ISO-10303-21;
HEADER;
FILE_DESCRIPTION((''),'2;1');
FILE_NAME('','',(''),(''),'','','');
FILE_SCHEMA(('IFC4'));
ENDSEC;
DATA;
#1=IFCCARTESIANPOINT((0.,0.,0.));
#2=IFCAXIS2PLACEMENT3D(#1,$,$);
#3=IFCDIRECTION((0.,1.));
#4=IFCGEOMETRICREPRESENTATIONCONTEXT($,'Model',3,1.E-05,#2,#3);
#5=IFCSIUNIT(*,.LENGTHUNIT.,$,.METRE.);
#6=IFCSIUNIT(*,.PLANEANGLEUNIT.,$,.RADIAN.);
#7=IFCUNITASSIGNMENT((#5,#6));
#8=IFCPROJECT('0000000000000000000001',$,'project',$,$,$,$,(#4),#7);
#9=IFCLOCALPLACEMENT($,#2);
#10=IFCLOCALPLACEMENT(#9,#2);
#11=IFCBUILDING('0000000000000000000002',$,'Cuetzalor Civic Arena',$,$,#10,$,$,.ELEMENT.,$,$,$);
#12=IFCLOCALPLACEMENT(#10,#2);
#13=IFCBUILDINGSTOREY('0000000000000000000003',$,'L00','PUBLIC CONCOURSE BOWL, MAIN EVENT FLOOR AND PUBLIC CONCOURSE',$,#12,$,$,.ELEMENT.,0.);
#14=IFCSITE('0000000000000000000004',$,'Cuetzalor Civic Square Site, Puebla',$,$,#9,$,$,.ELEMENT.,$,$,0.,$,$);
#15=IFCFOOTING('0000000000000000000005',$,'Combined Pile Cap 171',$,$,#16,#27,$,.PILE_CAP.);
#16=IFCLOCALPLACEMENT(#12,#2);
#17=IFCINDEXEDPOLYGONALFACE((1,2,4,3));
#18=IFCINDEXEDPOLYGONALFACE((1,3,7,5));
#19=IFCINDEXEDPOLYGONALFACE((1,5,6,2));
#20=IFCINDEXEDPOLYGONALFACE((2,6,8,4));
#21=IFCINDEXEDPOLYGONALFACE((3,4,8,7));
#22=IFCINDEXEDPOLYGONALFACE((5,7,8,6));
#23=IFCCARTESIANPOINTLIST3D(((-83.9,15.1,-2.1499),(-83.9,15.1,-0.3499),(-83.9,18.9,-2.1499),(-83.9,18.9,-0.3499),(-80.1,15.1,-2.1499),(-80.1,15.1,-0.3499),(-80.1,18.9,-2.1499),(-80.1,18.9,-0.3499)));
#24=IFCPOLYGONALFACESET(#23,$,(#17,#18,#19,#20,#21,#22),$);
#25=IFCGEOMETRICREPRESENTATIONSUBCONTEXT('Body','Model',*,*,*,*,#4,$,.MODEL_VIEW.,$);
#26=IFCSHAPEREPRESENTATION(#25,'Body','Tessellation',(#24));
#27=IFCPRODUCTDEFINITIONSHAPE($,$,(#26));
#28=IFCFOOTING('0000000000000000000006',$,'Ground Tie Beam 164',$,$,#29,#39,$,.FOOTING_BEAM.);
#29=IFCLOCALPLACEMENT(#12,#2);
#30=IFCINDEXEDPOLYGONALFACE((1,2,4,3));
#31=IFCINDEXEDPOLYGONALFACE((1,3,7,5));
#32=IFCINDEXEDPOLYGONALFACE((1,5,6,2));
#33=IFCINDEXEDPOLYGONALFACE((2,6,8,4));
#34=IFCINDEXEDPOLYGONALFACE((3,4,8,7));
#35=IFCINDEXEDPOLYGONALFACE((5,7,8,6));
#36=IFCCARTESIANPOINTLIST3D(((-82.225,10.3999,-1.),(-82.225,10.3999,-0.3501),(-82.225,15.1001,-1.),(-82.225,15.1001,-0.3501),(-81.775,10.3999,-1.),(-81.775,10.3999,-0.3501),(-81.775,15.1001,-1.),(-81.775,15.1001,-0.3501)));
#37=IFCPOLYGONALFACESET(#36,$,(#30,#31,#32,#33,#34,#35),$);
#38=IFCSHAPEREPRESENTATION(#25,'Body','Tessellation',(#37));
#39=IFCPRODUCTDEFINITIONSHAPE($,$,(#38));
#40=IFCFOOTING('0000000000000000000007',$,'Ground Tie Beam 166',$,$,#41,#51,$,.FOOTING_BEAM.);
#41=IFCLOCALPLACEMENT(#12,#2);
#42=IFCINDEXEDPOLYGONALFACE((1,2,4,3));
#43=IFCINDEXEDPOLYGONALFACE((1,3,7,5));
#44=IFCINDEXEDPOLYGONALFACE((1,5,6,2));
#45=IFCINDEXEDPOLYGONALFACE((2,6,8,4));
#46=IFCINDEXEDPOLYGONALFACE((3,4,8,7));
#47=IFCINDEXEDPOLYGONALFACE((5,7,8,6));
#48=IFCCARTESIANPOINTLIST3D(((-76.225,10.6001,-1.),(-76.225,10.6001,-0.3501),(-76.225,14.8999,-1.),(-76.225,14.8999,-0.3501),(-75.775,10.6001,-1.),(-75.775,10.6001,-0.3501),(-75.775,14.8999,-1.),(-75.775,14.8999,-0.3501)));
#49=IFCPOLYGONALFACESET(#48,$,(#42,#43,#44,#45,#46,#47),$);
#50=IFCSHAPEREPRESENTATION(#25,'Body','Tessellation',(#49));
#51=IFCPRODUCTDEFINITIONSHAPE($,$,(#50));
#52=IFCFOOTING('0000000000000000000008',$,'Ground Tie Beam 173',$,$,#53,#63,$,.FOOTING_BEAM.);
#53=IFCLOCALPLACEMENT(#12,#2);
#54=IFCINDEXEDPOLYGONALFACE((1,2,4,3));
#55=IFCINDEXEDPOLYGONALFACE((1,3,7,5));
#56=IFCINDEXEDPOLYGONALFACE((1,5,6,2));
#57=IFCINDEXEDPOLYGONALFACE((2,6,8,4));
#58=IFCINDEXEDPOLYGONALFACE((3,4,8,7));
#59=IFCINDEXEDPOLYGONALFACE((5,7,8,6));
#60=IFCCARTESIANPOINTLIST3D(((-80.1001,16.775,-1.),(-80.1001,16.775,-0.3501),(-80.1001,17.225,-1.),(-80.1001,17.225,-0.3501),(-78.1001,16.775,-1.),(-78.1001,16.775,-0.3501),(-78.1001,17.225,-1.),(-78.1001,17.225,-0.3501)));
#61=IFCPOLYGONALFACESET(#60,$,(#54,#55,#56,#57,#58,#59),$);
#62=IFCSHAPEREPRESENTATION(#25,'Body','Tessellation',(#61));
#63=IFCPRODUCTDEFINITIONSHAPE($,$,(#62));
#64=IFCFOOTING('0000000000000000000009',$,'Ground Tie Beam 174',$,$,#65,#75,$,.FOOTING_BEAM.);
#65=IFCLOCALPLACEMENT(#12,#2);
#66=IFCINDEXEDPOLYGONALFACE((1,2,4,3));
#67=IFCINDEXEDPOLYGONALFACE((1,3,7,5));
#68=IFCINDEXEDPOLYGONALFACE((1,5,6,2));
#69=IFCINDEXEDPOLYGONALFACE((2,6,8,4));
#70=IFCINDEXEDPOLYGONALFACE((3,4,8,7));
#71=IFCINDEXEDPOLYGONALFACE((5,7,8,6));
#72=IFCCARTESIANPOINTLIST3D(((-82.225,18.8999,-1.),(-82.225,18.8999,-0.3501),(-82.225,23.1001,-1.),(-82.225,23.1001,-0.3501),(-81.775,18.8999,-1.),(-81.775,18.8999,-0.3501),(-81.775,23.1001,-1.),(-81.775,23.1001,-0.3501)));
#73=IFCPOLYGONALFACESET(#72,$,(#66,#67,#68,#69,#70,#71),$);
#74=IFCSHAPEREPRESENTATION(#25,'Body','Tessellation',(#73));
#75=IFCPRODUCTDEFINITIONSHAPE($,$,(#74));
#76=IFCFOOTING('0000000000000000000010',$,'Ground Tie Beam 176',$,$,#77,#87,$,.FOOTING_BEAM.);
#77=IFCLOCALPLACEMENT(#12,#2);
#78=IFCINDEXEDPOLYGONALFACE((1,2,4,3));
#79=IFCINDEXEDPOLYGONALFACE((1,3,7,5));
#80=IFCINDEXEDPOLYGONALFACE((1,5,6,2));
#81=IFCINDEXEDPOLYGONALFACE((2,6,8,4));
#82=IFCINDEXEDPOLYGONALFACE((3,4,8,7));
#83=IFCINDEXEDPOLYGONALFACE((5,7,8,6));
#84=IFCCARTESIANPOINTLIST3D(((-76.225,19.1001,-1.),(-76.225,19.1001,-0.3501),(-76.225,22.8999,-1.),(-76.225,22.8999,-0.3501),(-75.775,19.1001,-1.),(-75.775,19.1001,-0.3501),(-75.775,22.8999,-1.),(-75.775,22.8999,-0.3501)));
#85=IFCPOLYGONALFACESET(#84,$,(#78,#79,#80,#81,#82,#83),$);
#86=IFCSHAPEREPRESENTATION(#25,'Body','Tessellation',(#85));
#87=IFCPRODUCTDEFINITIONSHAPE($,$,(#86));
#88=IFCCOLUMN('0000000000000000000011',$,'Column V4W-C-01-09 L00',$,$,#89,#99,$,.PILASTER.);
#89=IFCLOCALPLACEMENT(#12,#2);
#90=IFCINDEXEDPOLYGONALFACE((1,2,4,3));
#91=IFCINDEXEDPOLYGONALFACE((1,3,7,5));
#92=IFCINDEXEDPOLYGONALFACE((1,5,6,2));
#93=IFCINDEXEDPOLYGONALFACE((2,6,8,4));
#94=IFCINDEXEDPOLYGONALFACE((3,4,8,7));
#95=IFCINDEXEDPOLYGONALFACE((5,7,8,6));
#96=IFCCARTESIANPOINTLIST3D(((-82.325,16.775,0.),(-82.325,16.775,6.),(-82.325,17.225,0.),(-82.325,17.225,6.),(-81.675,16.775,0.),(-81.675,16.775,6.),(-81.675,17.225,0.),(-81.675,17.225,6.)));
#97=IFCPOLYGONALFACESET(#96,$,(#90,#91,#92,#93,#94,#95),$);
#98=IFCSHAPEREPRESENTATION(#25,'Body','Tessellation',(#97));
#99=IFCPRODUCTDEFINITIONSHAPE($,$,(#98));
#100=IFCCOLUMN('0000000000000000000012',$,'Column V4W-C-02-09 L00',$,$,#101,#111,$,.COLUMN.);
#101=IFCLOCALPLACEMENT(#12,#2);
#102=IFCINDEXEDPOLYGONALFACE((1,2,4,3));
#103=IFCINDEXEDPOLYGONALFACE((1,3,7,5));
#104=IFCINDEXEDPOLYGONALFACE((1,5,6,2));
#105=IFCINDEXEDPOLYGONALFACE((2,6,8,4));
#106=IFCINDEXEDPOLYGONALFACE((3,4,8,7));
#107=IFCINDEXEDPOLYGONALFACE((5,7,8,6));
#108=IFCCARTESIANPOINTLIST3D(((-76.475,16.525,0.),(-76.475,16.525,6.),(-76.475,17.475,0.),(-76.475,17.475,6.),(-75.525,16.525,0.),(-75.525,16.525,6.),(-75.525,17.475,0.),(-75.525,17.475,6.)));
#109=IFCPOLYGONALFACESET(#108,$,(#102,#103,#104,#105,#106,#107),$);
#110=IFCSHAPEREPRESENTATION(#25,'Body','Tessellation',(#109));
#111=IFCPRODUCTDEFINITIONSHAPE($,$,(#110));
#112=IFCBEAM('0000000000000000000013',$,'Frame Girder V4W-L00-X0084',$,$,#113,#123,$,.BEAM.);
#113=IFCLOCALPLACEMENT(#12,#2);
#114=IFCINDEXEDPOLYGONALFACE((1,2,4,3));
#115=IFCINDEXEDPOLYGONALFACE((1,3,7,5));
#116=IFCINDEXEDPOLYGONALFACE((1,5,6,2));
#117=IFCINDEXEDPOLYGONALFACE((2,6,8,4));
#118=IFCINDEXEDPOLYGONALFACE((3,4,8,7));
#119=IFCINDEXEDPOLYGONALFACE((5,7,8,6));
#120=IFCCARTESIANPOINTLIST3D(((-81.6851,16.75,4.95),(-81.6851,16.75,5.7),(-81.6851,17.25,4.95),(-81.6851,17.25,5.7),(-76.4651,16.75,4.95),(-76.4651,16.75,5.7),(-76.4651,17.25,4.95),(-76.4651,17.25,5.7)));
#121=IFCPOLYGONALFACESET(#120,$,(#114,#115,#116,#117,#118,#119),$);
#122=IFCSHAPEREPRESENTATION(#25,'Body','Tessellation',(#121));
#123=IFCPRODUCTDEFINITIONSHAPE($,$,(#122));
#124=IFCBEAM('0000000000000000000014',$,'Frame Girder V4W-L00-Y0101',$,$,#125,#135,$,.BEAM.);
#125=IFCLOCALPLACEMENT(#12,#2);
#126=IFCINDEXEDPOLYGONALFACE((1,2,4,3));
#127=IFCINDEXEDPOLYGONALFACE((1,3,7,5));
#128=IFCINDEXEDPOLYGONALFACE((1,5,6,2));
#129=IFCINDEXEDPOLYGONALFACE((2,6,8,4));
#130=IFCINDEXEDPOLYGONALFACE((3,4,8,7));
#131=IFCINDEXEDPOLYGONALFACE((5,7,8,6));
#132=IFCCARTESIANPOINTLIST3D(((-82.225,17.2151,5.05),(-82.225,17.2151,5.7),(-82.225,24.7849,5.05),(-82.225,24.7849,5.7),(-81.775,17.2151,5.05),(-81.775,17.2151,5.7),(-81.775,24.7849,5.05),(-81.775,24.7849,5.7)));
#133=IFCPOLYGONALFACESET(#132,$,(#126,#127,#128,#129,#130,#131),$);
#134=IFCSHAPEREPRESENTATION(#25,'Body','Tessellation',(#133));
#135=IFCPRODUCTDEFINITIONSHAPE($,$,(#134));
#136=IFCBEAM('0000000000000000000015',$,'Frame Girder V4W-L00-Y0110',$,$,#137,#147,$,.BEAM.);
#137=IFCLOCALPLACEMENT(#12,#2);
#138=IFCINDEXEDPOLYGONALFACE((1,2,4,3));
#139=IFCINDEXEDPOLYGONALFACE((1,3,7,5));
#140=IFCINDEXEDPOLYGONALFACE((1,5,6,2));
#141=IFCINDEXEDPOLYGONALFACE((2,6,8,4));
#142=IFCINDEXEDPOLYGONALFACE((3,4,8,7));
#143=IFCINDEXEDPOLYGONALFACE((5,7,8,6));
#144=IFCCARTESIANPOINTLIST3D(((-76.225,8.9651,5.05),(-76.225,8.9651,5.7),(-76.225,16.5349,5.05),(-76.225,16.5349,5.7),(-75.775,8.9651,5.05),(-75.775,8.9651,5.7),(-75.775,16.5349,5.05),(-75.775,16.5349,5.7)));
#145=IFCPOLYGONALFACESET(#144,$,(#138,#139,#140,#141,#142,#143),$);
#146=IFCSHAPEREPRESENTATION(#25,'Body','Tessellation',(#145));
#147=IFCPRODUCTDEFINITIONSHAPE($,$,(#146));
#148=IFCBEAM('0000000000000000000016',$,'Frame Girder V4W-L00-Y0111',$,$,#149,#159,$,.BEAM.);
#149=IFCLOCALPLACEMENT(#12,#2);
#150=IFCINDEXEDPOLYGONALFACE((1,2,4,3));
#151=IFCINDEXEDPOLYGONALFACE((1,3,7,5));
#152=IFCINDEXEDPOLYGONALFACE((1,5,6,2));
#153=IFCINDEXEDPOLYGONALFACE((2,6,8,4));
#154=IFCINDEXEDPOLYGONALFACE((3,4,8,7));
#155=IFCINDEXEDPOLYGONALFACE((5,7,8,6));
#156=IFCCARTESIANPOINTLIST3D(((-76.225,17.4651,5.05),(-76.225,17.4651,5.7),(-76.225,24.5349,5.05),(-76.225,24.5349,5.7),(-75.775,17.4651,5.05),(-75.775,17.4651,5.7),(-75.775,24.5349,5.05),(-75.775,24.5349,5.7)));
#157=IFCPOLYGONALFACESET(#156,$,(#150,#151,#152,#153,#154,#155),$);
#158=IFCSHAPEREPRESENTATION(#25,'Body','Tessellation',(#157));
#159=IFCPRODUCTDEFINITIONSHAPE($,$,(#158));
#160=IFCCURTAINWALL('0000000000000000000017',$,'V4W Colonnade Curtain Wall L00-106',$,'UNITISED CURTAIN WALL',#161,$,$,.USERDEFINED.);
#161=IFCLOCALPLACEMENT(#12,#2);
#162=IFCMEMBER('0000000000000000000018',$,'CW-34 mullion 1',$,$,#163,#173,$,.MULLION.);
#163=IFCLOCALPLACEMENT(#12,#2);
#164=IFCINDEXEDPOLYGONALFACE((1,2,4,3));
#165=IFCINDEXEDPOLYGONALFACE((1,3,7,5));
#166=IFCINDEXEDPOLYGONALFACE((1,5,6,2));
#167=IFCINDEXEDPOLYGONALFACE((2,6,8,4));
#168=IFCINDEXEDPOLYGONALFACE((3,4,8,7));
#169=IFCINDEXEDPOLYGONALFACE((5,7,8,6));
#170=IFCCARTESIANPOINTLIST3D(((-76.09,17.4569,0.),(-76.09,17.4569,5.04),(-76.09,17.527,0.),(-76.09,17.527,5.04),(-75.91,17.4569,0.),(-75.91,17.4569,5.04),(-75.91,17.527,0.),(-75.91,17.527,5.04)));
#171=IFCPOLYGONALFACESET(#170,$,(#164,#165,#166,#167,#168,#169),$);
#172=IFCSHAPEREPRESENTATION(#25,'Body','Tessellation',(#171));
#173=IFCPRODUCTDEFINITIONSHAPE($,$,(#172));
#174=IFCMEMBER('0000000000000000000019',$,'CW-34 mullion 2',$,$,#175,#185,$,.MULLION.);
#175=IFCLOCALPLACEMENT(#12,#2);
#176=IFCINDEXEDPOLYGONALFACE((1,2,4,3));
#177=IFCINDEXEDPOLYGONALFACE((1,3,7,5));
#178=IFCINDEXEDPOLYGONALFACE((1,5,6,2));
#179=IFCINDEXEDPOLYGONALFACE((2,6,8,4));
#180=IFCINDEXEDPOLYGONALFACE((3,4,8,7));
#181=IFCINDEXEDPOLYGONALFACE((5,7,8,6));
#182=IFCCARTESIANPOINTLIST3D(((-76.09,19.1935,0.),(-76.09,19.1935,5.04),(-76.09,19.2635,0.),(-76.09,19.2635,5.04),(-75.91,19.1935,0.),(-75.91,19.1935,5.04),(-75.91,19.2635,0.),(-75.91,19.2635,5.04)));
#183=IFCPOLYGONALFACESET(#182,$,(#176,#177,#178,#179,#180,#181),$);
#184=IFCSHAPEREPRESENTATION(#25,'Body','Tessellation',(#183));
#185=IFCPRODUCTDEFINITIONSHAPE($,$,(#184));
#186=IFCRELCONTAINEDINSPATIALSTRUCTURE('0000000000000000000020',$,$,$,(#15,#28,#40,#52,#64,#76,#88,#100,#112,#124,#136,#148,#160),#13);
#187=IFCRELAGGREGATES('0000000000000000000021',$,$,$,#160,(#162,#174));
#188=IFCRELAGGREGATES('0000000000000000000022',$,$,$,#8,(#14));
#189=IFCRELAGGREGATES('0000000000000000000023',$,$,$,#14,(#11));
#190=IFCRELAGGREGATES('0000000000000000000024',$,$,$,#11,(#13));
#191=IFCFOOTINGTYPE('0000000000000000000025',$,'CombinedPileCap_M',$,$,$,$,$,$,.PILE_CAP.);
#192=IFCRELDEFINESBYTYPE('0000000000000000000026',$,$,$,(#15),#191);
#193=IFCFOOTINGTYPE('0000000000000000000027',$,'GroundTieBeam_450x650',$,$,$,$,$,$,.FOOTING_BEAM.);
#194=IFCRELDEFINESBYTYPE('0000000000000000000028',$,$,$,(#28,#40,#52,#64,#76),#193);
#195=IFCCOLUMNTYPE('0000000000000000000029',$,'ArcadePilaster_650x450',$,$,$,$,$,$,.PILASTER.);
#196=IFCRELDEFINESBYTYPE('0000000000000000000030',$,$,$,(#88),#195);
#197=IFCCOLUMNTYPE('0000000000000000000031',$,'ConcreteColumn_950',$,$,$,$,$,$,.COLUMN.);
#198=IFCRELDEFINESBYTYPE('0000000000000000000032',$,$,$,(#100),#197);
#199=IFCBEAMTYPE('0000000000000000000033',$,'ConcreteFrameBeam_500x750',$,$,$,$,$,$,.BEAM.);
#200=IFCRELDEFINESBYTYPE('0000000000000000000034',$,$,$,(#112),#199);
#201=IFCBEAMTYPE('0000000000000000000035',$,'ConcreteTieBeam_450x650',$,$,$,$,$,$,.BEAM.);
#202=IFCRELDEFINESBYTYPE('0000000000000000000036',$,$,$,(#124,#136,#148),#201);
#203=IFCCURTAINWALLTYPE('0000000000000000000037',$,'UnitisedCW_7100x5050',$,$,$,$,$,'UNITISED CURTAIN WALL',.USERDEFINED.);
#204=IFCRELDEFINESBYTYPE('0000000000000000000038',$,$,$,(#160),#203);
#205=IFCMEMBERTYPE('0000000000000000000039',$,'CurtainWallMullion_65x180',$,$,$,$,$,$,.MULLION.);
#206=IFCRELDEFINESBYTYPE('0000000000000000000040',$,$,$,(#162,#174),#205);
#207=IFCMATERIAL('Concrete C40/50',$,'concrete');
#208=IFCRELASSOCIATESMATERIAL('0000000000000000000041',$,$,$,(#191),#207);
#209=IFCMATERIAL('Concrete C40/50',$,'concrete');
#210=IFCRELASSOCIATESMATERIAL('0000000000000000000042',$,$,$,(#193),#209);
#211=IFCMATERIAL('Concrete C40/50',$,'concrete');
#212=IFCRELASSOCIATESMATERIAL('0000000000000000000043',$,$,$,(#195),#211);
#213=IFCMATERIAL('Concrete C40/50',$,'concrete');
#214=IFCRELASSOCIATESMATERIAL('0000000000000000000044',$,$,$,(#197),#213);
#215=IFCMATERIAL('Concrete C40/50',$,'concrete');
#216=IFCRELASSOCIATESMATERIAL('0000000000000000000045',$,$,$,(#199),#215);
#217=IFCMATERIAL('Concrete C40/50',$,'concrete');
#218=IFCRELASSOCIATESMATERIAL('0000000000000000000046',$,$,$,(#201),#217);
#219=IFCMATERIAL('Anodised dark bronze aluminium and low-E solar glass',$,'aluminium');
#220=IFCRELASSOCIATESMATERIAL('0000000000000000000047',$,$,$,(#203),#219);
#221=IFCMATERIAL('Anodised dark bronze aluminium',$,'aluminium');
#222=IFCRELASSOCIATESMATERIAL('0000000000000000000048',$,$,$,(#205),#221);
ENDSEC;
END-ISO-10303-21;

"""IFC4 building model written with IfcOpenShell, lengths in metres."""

from ifc_helpers import new_model, si_unit, direction, frame, origin, origin_2d, place, context, subcontext, project, spatial, rectangle, extrude, material, material_profile, profile_set, type_object, element, aggregate, save


model = new_model("IFC4")

# Units and contexts
model_context = context("Model", 3, precision=1e-05, world=origin(), true_north=direction((0.0, 1.0)))
body_context = subcontext(model_context, "Body", "Model", "MODEL_VIEW")
ifc_project = project(units=[si_unit("LENGTHUNIT", "METRE"), si_unit("PLANEANGLEUNIT", "RADIAN")], contexts=[model_context])

# Site, building, storey
site_placement = place(None, origin())
site = spatial("IfcSite", under=ifc_project, at=site_placement, Name="Cuetzalor Civic Square Site, Puebla", CompositionType="ELEMENT", RefElevation=0.0)
building_placement = place(site_placement, origin())
building = spatial("IfcBuilding", under=site, at=building_placement, Name="Cuetzalor Civic Arena", CompositionType="ELEMENT")
storey_placement = place(building_placement, origin())
storey = spatial("IfcBuildingStorey", under=building, at=storey_placement, Name="L00", Description="PUBLIC CONCOURSE BOWL, MAIN EVENT FLOOR AND PUBLIC CONCOURSE", CompositionType="ELEMENT", Elevation=0.0)

# Footings
ifc_material_1 = material(Name="Concrete C40/50", Category="concrete")
footing_type_1 = type_object("IfcFootingType", Name="CombinedPileCap_M", PredefinedType="PILE_CAP", material=ifc_material_1)
footing_1_placement = place(storey_placement, frame((-82.0, 17.0, -2.1499), z_axis=(0.0, 0.0, 1.0), x_axis=(1.0, 0.0, 0.0)))
element("IfcFooting", 1, at=footing_1_placement, inside=storey, type_object=footing_type_1, Name="Combined Pile Cap 171", PredefinedType="PILE_CAP", context=body_context, shape_type="SweptSolid", body=[
    extrude(rectangle(XDim=3.8, YDim=3.8, at=origin_2d()), origin(), (0.0, 0.0, 1.0), 1.8),
])
ifc_material_2 = material(Name="Concrete C40/50", Category="concrete")
ifc_material_profile_1 = material_profile(ifc_material_2, rectangle(XDim=0.45, YDim=0.6499, at=origin_2d()), Name="RC 450x650")
ifc_profile_set_1 = profile_set([ifc_material_profile_1], Name="Concrete C40/50")
footing_type_2 = type_object("IfcFootingType", Name="GroundTieBeam_450x650", PredefinedType="FOOTING_BEAM", material=ifc_profile_set_1)
footing_2_placement = place(storey_placement, frame((-82.0, 10.3999, -0.675), z_axis=(0.0, 1.0, 0.0), x_axis=(-1.0, 0.0, 0.0)))
element("IfcFooting", 2, at=footing_2_placement, inside=storey, type_object=footing_type_2, Name="Ground Tie Beam 164", PredefinedType="FOOTING_BEAM", context=body_context, shape_type="SweptSolid", body=[
    extrude(rectangle(XDim=0.45, YDim=0.6499, at=origin_2d()), origin(), (0.0, 0.0, 1.0), 4.7002),
])
footing_3_placement = place(storey_placement, frame((-76.0, 10.6001, -0.675), z_axis=(0.0, 1.0, 0.0), x_axis=(-1.0, 0.0, 0.0)))
element("IfcFooting", 3, at=footing_3_placement, inside=storey, type_object=footing_type_2, Name="Ground Tie Beam 166", PredefinedType="FOOTING_BEAM", context=body_context, shape_type="SweptSolid", body=[
    extrude(rectangle(XDim=0.45, YDim=0.6499, at=origin_2d()), origin(), (0.0, 0.0, 1.0), 4.2998),
])
footing_4_placement = place(storey_placement, frame((-80.1001, 17.0, -0.675), z_axis=(1.0, 0.0, 0.0), x_axis=(0.0, 1.0, 0.0)))
element("IfcFooting", 4, at=footing_4_placement, inside=storey, type_object=footing_type_2, Name="Ground Tie Beam 173", PredefinedType="FOOTING_BEAM", context=body_context, shape_type="SweptSolid", body=[
    extrude(rectangle(XDim=0.45, YDim=0.6499, at=origin_2d()), origin(), (0.0, 0.0, 1.0), 2.0),
])
footing_5_placement = place(storey_placement, frame((-82.0, 18.8999, -0.675), z_axis=(0.0, 1.0, 0.0), x_axis=(-1.0, 0.0, 0.0)))
element("IfcFooting", 5, at=footing_5_placement, inside=storey, type_object=footing_type_2, Name="Ground Tie Beam 174", PredefinedType="FOOTING_BEAM", context=body_context, shape_type="SweptSolid", body=[
    extrude(rectangle(XDim=0.45, YDim=0.6499, at=origin_2d()), origin(), (0.0, 0.0, 1.0), 4.2002),
])
footing_6_placement = place(storey_placement, frame((-76.0, 19.1001, -0.675), z_axis=(0.0, 1.0, 0.0), x_axis=(-1.0, 0.0, 0.0)))
element("IfcFooting", 6, at=footing_6_placement, inside=storey, type_object=footing_type_2, Name="Ground Tie Beam 176", PredefinedType="FOOTING_BEAM", context=body_context, shape_type="SweptSolid", body=[
    extrude(rectangle(XDim=0.45, YDim=0.6499, at=origin_2d()), origin(), (0.0, 0.0, 1.0), 3.7998),
])

# Columns
ifc_material_3 = material(Name="Concrete C40/50", Category="concrete")
ifc_material_profile_2 = material_profile(ifc_material_3, rectangle(XDim=0.6499, YDim=0.45, at=origin_2d()), Name="RC 650x450")
ifc_profile_set_2 = profile_set([ifc_material_profile_2], Name="Concrete C40/50")
column_type_1 = type_object("IfcColumnType", Name="ArcadePilaster_650x450", PredefinedType="PILASTER", material=ifc_profile_set_2)
column_1_placement = place(storey_placement, frame((-82.0, 17.0, 0.0), z_axis=(0.0, 0.0, 1.0), x_axis=(1.0, 0.0, 0.0)))
element("IfcColumn", 7, at=column_1_placement, inside=storey, type_object=column_type_1, Name="Column V4W-C-01-09 L00", PredefinedType="PILASTER", context=body_context, shape_type="SweptSolid", body=[
    extrude(rectangle(XDim=0.6499, YDim=0.45, at=origin_2d()), origin(), (0.0, 0.0, 1.0), 6.0),
])
ifc_material_4 = material(Name="Concrete C40/50", Category="concrete")
ifc_material_profile_3 = material_profile(ifc_material_4, rectangle(XDim=0.95, YDim=0.95, at=origin_2d()), Name="RC 950x950")
ifc_profile_set_3 = profile_set([ifc_material_profile_3], Name="Concrete C40/50")
column_type_2 = type_object("IfcColumnType", Name="ConcreteColumn_950", PredefinedType="COLUMN", material=ifc_profile_set_3)
column_2_placement = place(storey_placement, frame((-76.0, 17.0, 0.0), z_axis=(0.0, 0.0, 1.0), x_axis=(1.0, 0.0, 0.0)))
element("IfcColumn", 8, at=column_2_placement, inside=storey, type_object=column_type_2, Name="Column V4W-C-02-09 L00", PredefinedType="COLUMN", context=body_context, shape_type="SweptSolid", body=[
    extrude(rectangle(XDim=0.95, YDim=0.95, at=origin_2d()), origin(), (0.0, 0.0, 1.0), 6.0),
])

# Beams
ifc_material_5 = material(Name="Concrete C40/50", Category="concrete")
ifc_material_profile_4 = material_profile(ifc_material_5, rectangle(XDim=0.5, YDim=0.75, at=origin_2d()), Name="RC 500x750")
ifc_profile_set_4 = profile_set([ifc_material_profile_4], Name="Concrete C40/50")
beam_type_1 = type_object("IfcBeamType", Name="ConcreteFrameBeam_500x750", PredefinedType="BEAM", material=ifc_profile_set_4)
beam_1_placement = place(storey_placement, frame((-81.6851, 17.0, 5.325), z_axis=(1.0, 0.0, 0.0), x_axis=(0.0, 1.0, 0.0)))
element("IfcBeam", 9, at=beam_1_placement, inside=storey, type_object=beam_type_1, Name="Frame Girder V4W-L00-X0084", PredefinedType="BEAM", context=body_context, shape_type="SweptSolid", body=[
    extrude(rectangle(XDim=0.5, YDim=0.75, at=origin_2d()), origin(), (0.0, 0.0, 1.0), 5.22),
])
ifc_material_6 = material(Name="Concrete C40/50", Category="concrete")
ifc_material_profile_5 = material_profile(ifc_material_6, rectangle(XDim=0.45, YDim=0.6499, at=origin_2d()), Name="RC 450x650")
ifc_profile_set_5 = profile_set([ifc_material_profile_5], Name="Concrete C40/50")
beam_type_2 = type_object("IfcBeamType", Name="ConcreteTieBeam_450x650", PredefinedType="BEAM", material=ifc_profile_set_5)
for number, where, z_axis, x_axis, name in (
    (10, (-82.0, 17.2151, 5.375), (0.0, 1.0, 0.0), (-1.0, 0.0, 0.0), "Frame Girder V4W-L00-Y0101"),
    (11, (-76.0, 8.9651, 5.375), (0.0, 1.0, 0.0), (-1.0, 0.0, 0.0), "Frame Girder V4W-L00-Y0110"),
):
    element("IfcBeam", number, at=place(storey_placement, frame(where, z_axis=z_axis, x_axis=x_axis)), inside=storey, type_object=beam_type_2, Name=name, PredefinedType="BEAM", context=body_context, shape_type="SweptSolid", body=[
        extrude(rectangle(XDim=0.45, YDim=0.6499, at=origin_2d()), origin(), (0.0, 0.0, 1.0), 7.5698),
    ])
beam_2_placement = place(storey_placement, frame((-76.0, 17.4651, 5.375), z_axis=(0.0, 1.0, 0.0), x_axis=(-1.0, 0.0, 0.0)))
element("IfcBeam", 12, at=beam_2_placement, inside=storey, type_object=beam_type_2, Name="Frame Girder V4W-L00-Y0111", PredefinedType="BEAM", context=body_context, shape_type="SweptSolid", body=[
    extrude(rectangle(XDim=0.45, YDim=0.6499, at=origin_2d()), origin(), (0.0, 0.0, 1.0), 7.0698),
])

# Curtain wall, members
ifc_material_7 = material(Name="Anodised dark bronze aluminium and low-E solar glass", Category="aluminium")
curtain_wall_type = type_object("IfcCurtainWallType", Name="UnitisedCW_7100x5050", ElementType="UNITISED CURTAIN WALL", PredefinedType="USERDEFINED", material=ifc_material_7)
curtain_wall_placement = place(storey_placement, origin())
curtain_wall = element("IfcCurtainWall", 13, at=curtain_wall_placement, inside=storey, type_object=curtain_wall_type, Name="V4W Colonnade Curtain Wall L00-106", ObjectType="UNITISED CURTAIN WALL", PredefinedType="USERDEFINED")
ifc_material_8 = material(Name="Anodised dark bronze aluminium", Category="aluminium")
ifc_material_profile_6 = material_profile(ifc_material_8, rectangle(XDim=0.0701, YDim=0.1799, at=origin_2d()), Name="ALU MULLION 70x180")
ifc_profile_set_6 = profile_set([ifc_material_profile_6], Name="Anodised dark bronze aluminium")
member_type_1 = type_object("IfcMemberType", Name="CurtainWallMullion_65x180", PredefinedType="MULLION", material=ifc_profile_set_6)
member_1_placement = place(storey_placement, frame((-76.0, 17.4919, 0.0), z_axis=(0.0, 0.0, 1.0), x_axis=(0.0, 1.0, 0.0)))
member_1 = element("IfcMember", 14, at=member_1_placement, type_object=member_type_1, Name="CW-34 mullion 1", PredefinedType="MULLION", context=body_context, shape_type="SweptSolid", body=[
    extrude(rectangle(XDim=0.0701, YDim=0.1799, at=origin_2d()), origin(), (0.0, 0.0, 1.0), 5.04),
])
member_2_placement = place(storey_placement, frame((-76.0, 19.2285, 0.0), z_axis=(0.0, 0.0, 1.0), x_axis=(0.0, 1.0, 0.0)))
member_2 = element("IfcMember", 15, at=member_2_placement, type_object=member_type_1, Name="CW-34 mullion 2", PredefinedType="MULLION", context=body_context, shape_type="SweptSolid", body=[
    extrude(rectangle(XDim=0.0701, YDim=0.1799, at=origin_2d()), origin(), (0.0, 0.0, 1.0), 5.04),
])

aggregate(curtain_wall, [member_1, member_2])

save(model, "model.ifc")
